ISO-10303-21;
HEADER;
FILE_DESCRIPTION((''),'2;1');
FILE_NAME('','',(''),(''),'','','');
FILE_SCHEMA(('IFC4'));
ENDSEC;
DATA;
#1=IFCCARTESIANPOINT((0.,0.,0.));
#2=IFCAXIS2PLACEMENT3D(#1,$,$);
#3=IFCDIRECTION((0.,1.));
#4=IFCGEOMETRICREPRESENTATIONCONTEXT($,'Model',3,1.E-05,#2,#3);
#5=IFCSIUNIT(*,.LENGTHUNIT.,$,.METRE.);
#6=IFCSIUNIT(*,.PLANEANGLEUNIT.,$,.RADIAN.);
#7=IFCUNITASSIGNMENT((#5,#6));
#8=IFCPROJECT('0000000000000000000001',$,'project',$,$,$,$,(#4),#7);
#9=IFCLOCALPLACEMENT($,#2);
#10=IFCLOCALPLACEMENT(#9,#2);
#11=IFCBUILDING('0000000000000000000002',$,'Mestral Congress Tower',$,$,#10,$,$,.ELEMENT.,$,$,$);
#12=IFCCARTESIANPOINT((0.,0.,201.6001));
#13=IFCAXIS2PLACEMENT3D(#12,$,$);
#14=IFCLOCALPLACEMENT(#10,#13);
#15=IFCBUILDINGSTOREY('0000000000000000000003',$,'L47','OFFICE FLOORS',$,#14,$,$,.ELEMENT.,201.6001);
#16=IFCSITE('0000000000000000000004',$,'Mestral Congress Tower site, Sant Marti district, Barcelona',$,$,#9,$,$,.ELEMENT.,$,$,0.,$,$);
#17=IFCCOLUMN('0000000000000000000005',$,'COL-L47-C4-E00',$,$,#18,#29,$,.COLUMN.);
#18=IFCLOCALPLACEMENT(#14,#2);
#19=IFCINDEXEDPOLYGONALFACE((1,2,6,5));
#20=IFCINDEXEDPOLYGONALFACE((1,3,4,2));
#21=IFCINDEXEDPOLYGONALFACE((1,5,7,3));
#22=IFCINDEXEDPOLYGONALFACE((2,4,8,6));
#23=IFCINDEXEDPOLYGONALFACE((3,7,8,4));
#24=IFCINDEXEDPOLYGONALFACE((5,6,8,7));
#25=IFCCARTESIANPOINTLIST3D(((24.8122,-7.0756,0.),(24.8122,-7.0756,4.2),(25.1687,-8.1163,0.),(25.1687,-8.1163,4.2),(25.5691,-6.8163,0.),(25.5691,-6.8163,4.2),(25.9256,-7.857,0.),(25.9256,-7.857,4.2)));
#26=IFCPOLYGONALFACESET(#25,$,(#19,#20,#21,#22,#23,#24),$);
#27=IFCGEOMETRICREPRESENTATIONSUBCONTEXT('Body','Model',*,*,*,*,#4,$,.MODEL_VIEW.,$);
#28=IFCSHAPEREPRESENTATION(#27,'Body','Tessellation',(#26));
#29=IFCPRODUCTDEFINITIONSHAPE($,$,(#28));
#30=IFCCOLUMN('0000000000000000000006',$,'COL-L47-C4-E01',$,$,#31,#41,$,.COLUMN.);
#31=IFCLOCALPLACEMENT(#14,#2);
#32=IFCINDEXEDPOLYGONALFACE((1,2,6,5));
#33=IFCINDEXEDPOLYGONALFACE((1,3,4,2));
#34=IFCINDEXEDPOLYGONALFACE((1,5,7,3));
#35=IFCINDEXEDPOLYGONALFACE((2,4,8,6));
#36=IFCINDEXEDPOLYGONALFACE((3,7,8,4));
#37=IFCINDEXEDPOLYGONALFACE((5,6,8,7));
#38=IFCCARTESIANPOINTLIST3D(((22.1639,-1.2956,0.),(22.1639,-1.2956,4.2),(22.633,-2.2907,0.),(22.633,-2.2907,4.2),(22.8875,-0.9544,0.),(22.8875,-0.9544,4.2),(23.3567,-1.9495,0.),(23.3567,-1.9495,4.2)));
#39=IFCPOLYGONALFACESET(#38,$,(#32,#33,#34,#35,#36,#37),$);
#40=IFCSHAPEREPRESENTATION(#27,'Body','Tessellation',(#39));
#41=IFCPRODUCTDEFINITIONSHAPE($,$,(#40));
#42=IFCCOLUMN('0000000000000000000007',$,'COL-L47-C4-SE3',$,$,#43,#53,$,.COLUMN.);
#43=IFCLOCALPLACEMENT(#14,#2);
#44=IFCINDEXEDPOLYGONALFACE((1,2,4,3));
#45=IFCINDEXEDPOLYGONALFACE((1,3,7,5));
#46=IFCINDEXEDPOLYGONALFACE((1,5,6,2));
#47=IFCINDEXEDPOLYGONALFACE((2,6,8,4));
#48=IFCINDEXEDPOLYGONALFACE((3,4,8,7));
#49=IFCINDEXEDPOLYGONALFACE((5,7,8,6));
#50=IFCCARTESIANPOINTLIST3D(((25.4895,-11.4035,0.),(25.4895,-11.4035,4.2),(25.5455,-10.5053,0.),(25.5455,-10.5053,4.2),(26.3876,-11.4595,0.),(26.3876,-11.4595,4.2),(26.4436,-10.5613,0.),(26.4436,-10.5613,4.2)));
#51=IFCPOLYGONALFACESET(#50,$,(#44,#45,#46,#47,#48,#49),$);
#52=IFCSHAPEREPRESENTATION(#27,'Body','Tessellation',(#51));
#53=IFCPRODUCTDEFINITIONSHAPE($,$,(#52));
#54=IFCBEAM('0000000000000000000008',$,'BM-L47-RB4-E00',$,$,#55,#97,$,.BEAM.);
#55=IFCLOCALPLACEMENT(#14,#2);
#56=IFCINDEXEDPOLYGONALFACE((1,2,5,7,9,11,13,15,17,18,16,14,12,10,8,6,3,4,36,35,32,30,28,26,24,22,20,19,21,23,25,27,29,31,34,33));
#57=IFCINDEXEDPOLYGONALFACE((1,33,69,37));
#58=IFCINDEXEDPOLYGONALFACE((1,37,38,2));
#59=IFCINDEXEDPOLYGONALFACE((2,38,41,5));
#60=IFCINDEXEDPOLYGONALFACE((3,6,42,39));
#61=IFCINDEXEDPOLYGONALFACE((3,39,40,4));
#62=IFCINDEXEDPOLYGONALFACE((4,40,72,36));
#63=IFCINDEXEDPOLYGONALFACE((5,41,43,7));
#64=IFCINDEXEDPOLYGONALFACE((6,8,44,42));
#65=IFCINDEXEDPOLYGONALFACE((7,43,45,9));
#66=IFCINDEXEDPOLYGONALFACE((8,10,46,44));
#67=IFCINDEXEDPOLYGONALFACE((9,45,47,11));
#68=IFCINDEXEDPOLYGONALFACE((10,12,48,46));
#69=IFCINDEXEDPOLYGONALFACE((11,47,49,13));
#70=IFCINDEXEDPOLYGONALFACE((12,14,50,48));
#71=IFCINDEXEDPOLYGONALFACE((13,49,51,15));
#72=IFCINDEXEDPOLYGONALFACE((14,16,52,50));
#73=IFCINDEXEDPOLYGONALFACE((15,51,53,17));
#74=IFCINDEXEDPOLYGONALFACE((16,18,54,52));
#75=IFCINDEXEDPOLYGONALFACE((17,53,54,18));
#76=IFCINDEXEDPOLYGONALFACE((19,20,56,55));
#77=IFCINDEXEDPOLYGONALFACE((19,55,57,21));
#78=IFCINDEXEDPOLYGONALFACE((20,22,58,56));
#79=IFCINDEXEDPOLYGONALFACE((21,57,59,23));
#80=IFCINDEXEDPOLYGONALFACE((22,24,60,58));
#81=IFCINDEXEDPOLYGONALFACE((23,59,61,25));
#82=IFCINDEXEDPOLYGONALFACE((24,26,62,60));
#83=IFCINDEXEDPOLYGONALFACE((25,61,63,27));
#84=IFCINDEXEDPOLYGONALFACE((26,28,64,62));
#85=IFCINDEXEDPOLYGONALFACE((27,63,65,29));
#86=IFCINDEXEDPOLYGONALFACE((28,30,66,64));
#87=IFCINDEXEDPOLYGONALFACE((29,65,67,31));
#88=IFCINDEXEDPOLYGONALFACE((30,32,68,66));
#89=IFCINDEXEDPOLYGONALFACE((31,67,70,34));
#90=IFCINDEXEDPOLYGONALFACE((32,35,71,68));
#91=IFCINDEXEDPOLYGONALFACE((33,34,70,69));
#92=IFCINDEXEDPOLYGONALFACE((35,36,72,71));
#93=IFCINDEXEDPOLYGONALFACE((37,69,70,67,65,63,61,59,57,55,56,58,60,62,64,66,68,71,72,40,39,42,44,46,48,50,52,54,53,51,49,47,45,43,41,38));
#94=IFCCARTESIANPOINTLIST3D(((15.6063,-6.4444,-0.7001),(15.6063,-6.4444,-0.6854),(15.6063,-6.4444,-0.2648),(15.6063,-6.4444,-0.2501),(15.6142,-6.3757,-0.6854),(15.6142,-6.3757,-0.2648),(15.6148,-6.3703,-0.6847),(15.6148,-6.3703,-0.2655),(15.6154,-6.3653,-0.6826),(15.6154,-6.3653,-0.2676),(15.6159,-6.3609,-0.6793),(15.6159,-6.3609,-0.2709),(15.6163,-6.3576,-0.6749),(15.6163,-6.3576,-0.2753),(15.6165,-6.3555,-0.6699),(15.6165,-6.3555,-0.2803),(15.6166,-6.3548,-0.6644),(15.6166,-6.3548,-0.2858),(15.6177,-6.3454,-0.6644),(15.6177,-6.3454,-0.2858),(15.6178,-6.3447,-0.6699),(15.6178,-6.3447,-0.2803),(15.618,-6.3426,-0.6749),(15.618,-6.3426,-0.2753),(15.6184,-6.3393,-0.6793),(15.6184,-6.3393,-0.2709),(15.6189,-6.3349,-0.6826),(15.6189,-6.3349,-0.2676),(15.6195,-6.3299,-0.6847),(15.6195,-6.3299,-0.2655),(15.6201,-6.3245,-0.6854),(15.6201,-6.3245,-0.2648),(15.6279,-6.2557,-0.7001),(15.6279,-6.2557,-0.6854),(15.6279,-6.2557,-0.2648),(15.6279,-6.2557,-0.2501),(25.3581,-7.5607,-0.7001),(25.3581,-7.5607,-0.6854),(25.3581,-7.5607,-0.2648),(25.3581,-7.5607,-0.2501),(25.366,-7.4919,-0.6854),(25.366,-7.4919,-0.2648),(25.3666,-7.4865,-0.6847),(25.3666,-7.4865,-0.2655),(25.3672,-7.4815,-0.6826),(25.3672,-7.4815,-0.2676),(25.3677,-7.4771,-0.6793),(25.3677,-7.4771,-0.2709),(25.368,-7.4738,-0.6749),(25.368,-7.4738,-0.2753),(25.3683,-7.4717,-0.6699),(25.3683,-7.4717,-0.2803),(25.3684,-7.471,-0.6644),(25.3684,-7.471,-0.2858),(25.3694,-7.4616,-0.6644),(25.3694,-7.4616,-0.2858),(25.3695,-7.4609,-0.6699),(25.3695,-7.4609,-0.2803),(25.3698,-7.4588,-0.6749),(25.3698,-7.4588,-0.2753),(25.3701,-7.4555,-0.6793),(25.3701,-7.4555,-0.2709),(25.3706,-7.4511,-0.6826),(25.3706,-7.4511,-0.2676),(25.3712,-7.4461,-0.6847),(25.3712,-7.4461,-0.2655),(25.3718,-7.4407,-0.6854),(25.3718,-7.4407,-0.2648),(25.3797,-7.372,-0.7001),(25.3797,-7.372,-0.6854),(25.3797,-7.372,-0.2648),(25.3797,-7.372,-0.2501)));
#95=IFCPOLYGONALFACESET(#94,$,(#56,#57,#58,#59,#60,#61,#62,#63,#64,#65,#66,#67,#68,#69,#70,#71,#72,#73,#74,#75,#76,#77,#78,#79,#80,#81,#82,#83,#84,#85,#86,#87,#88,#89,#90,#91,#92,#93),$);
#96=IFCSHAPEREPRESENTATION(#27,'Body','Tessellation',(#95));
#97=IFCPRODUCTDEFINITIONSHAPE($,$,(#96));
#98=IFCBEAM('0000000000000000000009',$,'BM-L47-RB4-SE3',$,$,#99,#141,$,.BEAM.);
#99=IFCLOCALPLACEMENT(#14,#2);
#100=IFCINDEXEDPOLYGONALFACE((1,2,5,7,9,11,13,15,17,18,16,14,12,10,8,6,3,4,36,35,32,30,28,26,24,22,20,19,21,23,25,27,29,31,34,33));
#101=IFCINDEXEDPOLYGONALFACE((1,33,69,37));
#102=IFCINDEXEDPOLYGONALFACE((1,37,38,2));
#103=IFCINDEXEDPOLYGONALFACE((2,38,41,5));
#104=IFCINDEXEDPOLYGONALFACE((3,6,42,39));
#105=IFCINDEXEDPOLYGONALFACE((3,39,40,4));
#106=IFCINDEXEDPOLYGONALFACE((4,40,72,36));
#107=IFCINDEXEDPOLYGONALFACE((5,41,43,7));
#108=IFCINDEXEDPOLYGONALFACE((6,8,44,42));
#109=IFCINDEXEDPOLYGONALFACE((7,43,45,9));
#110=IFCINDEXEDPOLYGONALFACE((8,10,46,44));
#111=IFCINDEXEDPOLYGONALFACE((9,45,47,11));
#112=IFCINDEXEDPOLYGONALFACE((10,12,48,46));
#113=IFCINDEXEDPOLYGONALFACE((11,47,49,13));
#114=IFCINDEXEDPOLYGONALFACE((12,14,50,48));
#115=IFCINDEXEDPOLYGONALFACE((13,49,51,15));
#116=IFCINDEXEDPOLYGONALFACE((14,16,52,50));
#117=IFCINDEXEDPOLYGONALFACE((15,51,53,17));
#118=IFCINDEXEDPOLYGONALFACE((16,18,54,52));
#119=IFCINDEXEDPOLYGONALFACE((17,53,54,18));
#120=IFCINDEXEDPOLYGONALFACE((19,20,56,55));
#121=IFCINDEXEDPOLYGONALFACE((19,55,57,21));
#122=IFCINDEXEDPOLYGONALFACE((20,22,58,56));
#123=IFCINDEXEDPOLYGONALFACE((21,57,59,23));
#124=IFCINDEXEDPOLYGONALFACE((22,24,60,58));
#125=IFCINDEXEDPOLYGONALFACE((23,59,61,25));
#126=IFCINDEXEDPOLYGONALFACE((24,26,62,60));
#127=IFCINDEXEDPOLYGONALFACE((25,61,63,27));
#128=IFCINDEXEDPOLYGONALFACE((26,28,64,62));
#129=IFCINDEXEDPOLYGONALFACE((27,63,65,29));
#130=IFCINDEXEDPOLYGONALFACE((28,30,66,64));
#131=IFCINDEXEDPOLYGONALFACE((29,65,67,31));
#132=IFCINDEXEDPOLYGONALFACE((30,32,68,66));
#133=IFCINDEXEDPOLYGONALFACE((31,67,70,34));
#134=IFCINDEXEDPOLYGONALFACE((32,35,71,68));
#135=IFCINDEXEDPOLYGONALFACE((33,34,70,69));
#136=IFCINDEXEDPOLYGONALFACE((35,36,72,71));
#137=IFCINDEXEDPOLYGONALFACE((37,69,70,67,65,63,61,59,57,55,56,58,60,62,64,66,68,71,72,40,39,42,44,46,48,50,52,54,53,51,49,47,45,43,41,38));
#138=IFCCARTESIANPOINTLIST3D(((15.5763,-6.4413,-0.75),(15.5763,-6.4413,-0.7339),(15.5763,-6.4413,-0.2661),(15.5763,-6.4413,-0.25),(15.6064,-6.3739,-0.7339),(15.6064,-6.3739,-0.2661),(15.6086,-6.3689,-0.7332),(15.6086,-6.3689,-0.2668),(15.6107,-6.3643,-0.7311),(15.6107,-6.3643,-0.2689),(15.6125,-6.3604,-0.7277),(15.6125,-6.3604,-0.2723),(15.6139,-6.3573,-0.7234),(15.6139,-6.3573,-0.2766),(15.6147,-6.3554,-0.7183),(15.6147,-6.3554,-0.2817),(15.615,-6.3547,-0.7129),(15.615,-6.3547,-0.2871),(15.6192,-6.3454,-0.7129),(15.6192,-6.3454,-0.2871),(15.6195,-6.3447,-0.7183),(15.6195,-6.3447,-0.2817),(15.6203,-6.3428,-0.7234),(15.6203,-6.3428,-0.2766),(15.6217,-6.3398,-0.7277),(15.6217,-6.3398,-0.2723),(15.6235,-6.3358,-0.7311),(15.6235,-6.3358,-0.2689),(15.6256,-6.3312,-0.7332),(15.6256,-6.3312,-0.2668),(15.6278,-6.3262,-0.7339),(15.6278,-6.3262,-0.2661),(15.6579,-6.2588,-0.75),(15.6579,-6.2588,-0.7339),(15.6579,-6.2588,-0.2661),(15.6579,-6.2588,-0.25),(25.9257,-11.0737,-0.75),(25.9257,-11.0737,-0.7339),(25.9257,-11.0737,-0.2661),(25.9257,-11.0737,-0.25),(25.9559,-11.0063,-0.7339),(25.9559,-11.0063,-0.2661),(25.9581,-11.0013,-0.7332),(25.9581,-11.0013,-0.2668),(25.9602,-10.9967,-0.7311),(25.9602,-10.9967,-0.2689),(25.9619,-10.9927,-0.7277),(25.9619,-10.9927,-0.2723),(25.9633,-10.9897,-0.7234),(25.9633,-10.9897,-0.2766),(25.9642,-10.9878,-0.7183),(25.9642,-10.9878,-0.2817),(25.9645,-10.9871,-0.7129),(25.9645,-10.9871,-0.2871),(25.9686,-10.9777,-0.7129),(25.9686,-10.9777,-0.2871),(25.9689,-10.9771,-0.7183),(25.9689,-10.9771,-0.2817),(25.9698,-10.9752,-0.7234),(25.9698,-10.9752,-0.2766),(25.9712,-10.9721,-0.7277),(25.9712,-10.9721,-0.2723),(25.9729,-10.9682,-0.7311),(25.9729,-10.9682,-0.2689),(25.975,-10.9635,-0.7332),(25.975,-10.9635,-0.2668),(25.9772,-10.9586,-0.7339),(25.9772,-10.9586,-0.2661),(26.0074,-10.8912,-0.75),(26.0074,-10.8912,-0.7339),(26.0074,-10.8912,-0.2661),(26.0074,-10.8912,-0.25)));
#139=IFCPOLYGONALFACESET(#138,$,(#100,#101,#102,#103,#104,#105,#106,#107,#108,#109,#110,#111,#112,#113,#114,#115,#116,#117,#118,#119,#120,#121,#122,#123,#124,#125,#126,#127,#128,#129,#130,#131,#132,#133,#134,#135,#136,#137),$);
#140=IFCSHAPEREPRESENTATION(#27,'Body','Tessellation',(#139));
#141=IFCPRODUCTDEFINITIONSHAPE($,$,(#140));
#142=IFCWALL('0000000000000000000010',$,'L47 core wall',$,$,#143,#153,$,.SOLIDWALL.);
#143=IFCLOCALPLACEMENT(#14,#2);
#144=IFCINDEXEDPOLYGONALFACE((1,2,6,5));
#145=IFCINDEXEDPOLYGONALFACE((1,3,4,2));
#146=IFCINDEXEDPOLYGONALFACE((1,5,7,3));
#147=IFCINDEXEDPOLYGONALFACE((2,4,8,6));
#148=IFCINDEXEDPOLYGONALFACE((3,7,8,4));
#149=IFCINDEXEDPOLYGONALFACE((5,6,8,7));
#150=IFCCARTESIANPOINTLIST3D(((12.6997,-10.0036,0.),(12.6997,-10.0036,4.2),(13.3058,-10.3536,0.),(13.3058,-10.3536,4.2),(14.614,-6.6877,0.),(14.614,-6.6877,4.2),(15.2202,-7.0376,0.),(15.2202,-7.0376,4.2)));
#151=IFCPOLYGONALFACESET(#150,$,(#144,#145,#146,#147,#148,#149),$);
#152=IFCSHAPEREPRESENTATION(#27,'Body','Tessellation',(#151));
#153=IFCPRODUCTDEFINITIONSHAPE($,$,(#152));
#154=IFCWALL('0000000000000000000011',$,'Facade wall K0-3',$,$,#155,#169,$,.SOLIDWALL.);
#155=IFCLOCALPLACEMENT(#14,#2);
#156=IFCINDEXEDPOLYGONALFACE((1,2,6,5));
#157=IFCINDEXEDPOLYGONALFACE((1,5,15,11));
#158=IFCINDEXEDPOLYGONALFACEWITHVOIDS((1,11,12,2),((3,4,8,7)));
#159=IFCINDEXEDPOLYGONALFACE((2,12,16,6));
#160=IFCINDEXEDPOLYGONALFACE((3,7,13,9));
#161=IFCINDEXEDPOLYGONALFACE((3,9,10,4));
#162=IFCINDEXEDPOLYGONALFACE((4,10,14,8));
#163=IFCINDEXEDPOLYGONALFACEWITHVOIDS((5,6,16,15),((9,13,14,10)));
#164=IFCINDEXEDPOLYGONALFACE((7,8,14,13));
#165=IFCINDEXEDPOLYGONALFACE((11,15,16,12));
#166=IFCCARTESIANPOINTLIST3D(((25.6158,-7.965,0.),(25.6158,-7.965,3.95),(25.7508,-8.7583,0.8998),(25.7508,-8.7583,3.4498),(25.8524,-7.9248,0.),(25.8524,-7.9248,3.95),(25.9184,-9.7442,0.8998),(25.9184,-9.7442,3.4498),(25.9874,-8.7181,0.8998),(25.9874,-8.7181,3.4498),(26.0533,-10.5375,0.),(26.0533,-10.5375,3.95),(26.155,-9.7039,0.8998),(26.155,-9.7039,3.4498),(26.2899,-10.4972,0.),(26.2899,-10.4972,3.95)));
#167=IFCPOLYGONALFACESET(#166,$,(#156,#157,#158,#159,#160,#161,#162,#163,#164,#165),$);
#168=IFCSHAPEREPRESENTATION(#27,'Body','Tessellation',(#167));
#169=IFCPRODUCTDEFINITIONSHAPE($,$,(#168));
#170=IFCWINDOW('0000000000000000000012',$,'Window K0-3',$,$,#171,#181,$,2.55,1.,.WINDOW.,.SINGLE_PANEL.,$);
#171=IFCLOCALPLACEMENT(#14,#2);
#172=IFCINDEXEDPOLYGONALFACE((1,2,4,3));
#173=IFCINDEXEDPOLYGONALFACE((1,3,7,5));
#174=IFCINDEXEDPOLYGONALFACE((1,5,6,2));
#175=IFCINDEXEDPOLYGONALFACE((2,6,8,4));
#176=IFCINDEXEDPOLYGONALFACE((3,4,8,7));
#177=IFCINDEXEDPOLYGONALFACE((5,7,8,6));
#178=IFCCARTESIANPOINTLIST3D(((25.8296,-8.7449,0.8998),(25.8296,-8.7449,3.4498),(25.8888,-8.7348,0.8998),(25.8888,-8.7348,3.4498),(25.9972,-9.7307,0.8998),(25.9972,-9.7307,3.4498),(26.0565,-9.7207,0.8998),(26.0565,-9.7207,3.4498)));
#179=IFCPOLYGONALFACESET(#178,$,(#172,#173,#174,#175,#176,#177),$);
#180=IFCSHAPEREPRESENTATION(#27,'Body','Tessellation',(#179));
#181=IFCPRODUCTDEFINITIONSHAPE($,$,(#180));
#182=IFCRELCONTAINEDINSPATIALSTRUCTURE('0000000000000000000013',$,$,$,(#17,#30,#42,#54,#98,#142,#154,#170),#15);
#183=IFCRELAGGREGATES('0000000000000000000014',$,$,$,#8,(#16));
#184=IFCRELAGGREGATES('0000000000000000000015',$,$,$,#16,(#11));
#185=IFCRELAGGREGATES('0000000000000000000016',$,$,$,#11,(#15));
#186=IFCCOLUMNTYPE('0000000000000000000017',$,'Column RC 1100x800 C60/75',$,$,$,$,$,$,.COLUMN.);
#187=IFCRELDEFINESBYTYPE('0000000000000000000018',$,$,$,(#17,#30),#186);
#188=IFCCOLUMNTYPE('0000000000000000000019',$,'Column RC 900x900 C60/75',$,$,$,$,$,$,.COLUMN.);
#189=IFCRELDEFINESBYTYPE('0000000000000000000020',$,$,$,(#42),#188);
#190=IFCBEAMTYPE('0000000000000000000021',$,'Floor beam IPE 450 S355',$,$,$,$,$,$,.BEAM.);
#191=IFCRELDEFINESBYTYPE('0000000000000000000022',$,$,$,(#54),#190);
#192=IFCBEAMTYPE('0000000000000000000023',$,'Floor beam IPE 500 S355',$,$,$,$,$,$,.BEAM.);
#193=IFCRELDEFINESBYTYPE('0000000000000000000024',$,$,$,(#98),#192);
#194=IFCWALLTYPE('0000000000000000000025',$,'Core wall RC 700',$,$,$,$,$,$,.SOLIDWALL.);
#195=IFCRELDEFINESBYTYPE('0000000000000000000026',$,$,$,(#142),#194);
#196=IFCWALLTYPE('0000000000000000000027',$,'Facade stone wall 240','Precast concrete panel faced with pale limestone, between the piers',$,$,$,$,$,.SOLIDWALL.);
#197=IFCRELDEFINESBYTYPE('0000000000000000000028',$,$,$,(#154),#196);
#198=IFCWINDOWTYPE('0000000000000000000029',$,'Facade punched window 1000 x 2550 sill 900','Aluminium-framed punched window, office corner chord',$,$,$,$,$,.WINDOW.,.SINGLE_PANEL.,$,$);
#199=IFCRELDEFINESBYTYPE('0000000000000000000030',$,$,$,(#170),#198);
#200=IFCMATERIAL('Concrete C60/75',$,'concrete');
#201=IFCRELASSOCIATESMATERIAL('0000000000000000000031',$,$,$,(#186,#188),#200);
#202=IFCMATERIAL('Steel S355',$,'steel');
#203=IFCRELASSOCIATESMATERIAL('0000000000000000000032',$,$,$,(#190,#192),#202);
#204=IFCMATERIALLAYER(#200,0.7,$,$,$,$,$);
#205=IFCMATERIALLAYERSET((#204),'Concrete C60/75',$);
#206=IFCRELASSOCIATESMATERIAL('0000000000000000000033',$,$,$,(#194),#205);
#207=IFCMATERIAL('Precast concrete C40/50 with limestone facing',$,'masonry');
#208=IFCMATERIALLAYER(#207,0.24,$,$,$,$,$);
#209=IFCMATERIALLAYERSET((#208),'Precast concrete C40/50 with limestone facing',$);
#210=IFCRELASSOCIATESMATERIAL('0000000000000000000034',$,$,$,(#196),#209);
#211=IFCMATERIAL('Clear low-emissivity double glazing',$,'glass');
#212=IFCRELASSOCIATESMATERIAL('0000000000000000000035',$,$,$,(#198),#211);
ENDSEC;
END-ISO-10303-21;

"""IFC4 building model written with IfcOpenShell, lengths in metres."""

from ifc_helpers import new_model, si_unit, direction, frame, frame_2d, origin, origin_2d, place, context, subcontext, project, spatial, rectangle, i_section, extrude, material, layer, layer_set, material_profile, profile_set, type_object, element, fill, save


model = new_model("IFC4")

# Units and contexts
model_context = context("Model", 3, precision=1e-05, world=origin(), true_north=direction((0.0, 1.0)))
body_context = subcontext(model_context, "Body", "Model", "MODEL_VIEW")
ifc_project = project(units=[si_unit("LENGTHUNIT", "METRE"), si_unit("PLANEANGLEUNIT", "RADIAN")], contexts=[model_context])

# Site, building, storey
site_placement = place(None, origin())
site = spatial("IfcSite", under=ifc_project, at=site_placement, Name="Mestral Congress Tower site, Sant Marti district, Barcelona", CompositionType="ELEMENT", RefElevation=0.0)
building_placement = place(site_placement, origin())
building = spatial("IfcBuilding", under=site, at=building_placement, Name="Mestral Congress Tower", CompositionType="ELEMENT")
storey_placement = place(building_placement, frame((0.0, 0.0, 201.6001)))
storey = spatial("IfcBuildingStorey", under=building, at=storey_placement, Name="L47", Description="OFFICE FLOORS", CompositionType="ELEMENT", Elevation=201.6001)

# Columns
ifc_material_1 = material(Name="Concrete C60/75", Category="concrete")
ifc_material_profile_1 = material_profile(ifc_material_1, rectangle(XDim=1.1001, YDim=0.8, at=origin_2d()), Name="RC 1100x800")
ifc_profile_set_1 = profile_set([ifc_material_profile_1], Name="Concrete C60/75")
column_type_1 = type_object("IfcColumnType", Name="Column RC 1100x800 C60/75", PredefinedType="COLUMN", material=ifc_profile_set_1)
for number, where, z_axis, x_axis, name in (
    (1, (25.3689, -7.4663, 0.0), (0.0, 0.0, 1.0), (-0.324074, 0.946032, 0.0), "COL-L47-C4-E00"),
    (2, (22.7603, -1.6226, 0.0), (0.0, 0.0, 1.0), (-0.426472, 0.904501, 0.0), "COL-L47-C4-E01"),
):
    element("IfcColumn", number, at=place(storey_placement, frame(where, z_axis=z_axis, x_axis=x_axis)), inside=storey, type_object=column_type_1, Name=name, PredefinedType="COLUMN", context=body_context, shape_type="SweptSolid", body=[
        extrude(rectangle(XDim=1.1001, YDim=0.8, at=origin_2d()), origin(), (0.0, 0.0, 1.0), 4.2),
    ])
ifc_material_profile_2 = material_profile(ifc_material_1, rectangle(XDim=0.8999, YDim=0.8999, at=origin_2d()), Name="RC 900x900")
ifc_profile_set_2 = profile_set([ifc_material_profile_2], Name="Concrete C60/75")
column_type_2 = type_object("IfcColumnType", Name="Column RC 900x900 C60/75", PredefinedType="COLUMN", material=ifc_profile_set_2)
column_placement = place(storey_placement, frame((25.9666, -10.9824, 0.0), z_axis=(0.0, 0.0, 1.0), x_axis=(0.062217, 0.998063, 0.0)))
element("IfcColumn", 3, at=column_placement, inside=storey, type_object=column_type_2, Name="COL-L47-C4-SE3", PredefinedType="COLUMN", context=body_context, shape_type="SweptSolid", body=[
    extrude(rectangle(XDim=0.8999, YDim=0.8999, at=origin_2d()), origin(), (0.0, 0.0, 1.0), 4.2),
])

# Beams
ifc_material_2 = material(Name="Steel S355", Category="steel")
ifc_material_profile_3 = material_profile(ifc_material_2, i_section(OverallWidth=0.1899, OverallDepth=0.45, WebThickness=0.0095, FlangeThickness=0.0146, FilletRadius=0.021, at=origin_2d()), Name="IPE 450")
ifc_profile_set_3 = profile_set([ifc_material_profile_3], Name="Steel S355")
beam_type_1 = type_object("IfcBeamType", Name="Floor beam IPE 450 S355", PredefinedType="BEAM", material=ifc_profile_set_3)
beam_1_placement = place(storey_placement, frame((25.3689, -7.4663, -0.4751), z_axis=(-0.993513, 0.113721, 0.0), x_axis=(-0.113721, -0.993513, 0.0)))
element("IfcBeam", 4, at=beam_1_placement, inside=storey, type_object=beam_type_1, Name="BM-L47-RB4-E00", PredefinedType="BEAM", context=body_context, shape_type="SweptSolid", body=[
    extrude(i_section(OverallWidth=0.1899, OverallDepth=0.45, WebThickness=0.0095, FlangeThickness=0.0146, FilletRadius=0.021, at=origin_2d()), origin(), (0.0, 0.0, 1.0), 9.8154),
])
ifc_material_profile_4 = material_profile(ifc_material_2, i_section(OverallWidth=0.2, OverallDepth=0.5, WebThickness=0.0103, FlangeThickness=0.0161, FilletRadius=0.021, at=origin_2d()), Name="IPE 500")
ifc_profile_set_4 = profile_set([ifc_material_profile_4], Name="Steel S355")
beam_type_2 = type_object("IfcBeamType", Name="Floor beam IPE 500 S355", PredefinedType="BEAM", material=ifc_profile_set_4)
beam_2_placement = place(storey_placement, frame((25.9666, -10.9824, -0.5), z_axis=(-0.912741, 0.408538, 0.0), x_axis=(-0.408538, -0.912741, 0.0)))
element("IfcBeam", 5, at=beam_2_placement, inside=storey, type_object=beam_type_2, Name="BM-L47-RB4-SE3", PredefinedType="BEAM", context=body_context, shape_type="SweptSolid", body=[
    extrude(i_section(OverallWidth=0.2, OverallDepth=0.5, WebThickness=0.0103, FlangeThickness=0.0161, FilletRadius=0.021, at=origin_2d()), origin(), (0.0, 0.0, 1.0), 11.3389),
])

# Wall
ifc_layer_1 = layer(ifc_material_1, 0.7)
ifc_layer_set_1 = layer_set([ifc_layer_1], Name="Concrete C60/75")
wall_type_1 = type_object("IfcWallType", Name="Core wall RC 700", PredefinedType="SOLIDWALL", material=ifc_layer_set_1)
wall_1_placement = place(storey_placement, frame((13.0027, -10.1787, 0.0), z_axis=(0.0, 0.0, 1.0), x_axis=(0.499973, 0.866041, 0.0)))
element("IfcWall", 6, at=wall_1_placement, inside=storey, type_object=wall_type_1, Name="L47 core wall", PredefinedType="SOLIDWALL", context=body_context, shape_type="SweptSolid", body=[
    extrude(rectangle(XDim=3.8289, YDim=0.7, at=frame_2d((1.9146, 0.0))), origin(), (0.0, 0.0, 1.0), 4.2),
])

# Wall, opening, window
ifc_material_3 = material(Name="Precast concrete C40/50 with limestone facing", Category="masonry")
ifc_layer_2 = layer(ifc_material_3, 0.24)
ifc_layer_set_2 = layer_set([ifc_layer_2], Name="Precast concrete C40/50 with limestone facing")
wall_type_2 = type_object("IfcWallType", Name="Facade stone wall 240", Description="Precast concrete panel faced with pale limestone, between the piers", PredefinedType="SOLIDWALL", material=ifc_layer_set_2)
wall_2_placement = place(storey_placement, frame((26.1716, -10.5173, 0.0), z_axis=(0.0, 0.0, 1.0), x_axis=(-0.16766, 0.985845, 0.0)))
wall_2 = element("IfcWall", 7, at=wall_2_placement, inside=storey, type_object=wall_type_2, Name="Facade wall K0-3", PredefinedType="SOLIDWALL", context=body_context, shape_type="SweptSolid", body=[
    extrude(rectangle(XDim=2.6094, YDim=0.24, at=frame_2d((1.3047, 0.0))), origin(), (0.0, 0.0, 1.0), 3.95),
])
opening_1_placement = place(wall_2_placement, frame((0.8047, 0.0, 0.8999)))
opening_1 = element("IfcOpeningElement", 8, at=opening_1_placement, cuts=wall_2, PredefinedType="OPENING", context=body_context, shape_type="SweptSolid", body=[
    extrude(rectangle(XDim=1.0, YDim=2.55, at=frame_2d((0.5, 1.2749))), frame((0.0, 0.1299, 0.0), z_axis=(0.0, -1.0, 0.0), x_axis=(1.0, 0.0, 0.0)), (0.0, 0.0, 1.0), 0.26),
])
ifc_material_4 = material(Name="Clear low-emissivity double glazing", Category="glass")
window_type_1 = type_object("IfcWindowType", Name="Facade punched window 1000 x 2550 sill 900", Description="Aluminium-framed punched window, office corner chord", PartitioningType="SINGLE_PANEL", PredefinedType="WINDOW", material=ifc_material_4)
window_1_placement = place(opening_1_placement, origin())
window_1 = element("IfcWindow", 9, at=window_1_placement, inside=storey, type_object=window_type_1, Name="Window K0-3", OverallHeight=2.55, OverallWidth=1.0, PartitioningType="SINGLE_PANEL", PredefinedType="WINDOW", context=body_context, shape_type="SweptSolid", body=[
    extrude(rectangle(XDim=1.0, YDim=2.55, at=frame_2d((0.5, 1.2749))), frame((0.0, 0.04, 0.0), z_axis=(0.0, -1.0, 0.0), x_axis=(1.0, 0.0, 0.0)), (0.0, 0.0, 1.0), 0.0601),
])
fill(opening_1, window_1)

save(model, "model.ifc")
